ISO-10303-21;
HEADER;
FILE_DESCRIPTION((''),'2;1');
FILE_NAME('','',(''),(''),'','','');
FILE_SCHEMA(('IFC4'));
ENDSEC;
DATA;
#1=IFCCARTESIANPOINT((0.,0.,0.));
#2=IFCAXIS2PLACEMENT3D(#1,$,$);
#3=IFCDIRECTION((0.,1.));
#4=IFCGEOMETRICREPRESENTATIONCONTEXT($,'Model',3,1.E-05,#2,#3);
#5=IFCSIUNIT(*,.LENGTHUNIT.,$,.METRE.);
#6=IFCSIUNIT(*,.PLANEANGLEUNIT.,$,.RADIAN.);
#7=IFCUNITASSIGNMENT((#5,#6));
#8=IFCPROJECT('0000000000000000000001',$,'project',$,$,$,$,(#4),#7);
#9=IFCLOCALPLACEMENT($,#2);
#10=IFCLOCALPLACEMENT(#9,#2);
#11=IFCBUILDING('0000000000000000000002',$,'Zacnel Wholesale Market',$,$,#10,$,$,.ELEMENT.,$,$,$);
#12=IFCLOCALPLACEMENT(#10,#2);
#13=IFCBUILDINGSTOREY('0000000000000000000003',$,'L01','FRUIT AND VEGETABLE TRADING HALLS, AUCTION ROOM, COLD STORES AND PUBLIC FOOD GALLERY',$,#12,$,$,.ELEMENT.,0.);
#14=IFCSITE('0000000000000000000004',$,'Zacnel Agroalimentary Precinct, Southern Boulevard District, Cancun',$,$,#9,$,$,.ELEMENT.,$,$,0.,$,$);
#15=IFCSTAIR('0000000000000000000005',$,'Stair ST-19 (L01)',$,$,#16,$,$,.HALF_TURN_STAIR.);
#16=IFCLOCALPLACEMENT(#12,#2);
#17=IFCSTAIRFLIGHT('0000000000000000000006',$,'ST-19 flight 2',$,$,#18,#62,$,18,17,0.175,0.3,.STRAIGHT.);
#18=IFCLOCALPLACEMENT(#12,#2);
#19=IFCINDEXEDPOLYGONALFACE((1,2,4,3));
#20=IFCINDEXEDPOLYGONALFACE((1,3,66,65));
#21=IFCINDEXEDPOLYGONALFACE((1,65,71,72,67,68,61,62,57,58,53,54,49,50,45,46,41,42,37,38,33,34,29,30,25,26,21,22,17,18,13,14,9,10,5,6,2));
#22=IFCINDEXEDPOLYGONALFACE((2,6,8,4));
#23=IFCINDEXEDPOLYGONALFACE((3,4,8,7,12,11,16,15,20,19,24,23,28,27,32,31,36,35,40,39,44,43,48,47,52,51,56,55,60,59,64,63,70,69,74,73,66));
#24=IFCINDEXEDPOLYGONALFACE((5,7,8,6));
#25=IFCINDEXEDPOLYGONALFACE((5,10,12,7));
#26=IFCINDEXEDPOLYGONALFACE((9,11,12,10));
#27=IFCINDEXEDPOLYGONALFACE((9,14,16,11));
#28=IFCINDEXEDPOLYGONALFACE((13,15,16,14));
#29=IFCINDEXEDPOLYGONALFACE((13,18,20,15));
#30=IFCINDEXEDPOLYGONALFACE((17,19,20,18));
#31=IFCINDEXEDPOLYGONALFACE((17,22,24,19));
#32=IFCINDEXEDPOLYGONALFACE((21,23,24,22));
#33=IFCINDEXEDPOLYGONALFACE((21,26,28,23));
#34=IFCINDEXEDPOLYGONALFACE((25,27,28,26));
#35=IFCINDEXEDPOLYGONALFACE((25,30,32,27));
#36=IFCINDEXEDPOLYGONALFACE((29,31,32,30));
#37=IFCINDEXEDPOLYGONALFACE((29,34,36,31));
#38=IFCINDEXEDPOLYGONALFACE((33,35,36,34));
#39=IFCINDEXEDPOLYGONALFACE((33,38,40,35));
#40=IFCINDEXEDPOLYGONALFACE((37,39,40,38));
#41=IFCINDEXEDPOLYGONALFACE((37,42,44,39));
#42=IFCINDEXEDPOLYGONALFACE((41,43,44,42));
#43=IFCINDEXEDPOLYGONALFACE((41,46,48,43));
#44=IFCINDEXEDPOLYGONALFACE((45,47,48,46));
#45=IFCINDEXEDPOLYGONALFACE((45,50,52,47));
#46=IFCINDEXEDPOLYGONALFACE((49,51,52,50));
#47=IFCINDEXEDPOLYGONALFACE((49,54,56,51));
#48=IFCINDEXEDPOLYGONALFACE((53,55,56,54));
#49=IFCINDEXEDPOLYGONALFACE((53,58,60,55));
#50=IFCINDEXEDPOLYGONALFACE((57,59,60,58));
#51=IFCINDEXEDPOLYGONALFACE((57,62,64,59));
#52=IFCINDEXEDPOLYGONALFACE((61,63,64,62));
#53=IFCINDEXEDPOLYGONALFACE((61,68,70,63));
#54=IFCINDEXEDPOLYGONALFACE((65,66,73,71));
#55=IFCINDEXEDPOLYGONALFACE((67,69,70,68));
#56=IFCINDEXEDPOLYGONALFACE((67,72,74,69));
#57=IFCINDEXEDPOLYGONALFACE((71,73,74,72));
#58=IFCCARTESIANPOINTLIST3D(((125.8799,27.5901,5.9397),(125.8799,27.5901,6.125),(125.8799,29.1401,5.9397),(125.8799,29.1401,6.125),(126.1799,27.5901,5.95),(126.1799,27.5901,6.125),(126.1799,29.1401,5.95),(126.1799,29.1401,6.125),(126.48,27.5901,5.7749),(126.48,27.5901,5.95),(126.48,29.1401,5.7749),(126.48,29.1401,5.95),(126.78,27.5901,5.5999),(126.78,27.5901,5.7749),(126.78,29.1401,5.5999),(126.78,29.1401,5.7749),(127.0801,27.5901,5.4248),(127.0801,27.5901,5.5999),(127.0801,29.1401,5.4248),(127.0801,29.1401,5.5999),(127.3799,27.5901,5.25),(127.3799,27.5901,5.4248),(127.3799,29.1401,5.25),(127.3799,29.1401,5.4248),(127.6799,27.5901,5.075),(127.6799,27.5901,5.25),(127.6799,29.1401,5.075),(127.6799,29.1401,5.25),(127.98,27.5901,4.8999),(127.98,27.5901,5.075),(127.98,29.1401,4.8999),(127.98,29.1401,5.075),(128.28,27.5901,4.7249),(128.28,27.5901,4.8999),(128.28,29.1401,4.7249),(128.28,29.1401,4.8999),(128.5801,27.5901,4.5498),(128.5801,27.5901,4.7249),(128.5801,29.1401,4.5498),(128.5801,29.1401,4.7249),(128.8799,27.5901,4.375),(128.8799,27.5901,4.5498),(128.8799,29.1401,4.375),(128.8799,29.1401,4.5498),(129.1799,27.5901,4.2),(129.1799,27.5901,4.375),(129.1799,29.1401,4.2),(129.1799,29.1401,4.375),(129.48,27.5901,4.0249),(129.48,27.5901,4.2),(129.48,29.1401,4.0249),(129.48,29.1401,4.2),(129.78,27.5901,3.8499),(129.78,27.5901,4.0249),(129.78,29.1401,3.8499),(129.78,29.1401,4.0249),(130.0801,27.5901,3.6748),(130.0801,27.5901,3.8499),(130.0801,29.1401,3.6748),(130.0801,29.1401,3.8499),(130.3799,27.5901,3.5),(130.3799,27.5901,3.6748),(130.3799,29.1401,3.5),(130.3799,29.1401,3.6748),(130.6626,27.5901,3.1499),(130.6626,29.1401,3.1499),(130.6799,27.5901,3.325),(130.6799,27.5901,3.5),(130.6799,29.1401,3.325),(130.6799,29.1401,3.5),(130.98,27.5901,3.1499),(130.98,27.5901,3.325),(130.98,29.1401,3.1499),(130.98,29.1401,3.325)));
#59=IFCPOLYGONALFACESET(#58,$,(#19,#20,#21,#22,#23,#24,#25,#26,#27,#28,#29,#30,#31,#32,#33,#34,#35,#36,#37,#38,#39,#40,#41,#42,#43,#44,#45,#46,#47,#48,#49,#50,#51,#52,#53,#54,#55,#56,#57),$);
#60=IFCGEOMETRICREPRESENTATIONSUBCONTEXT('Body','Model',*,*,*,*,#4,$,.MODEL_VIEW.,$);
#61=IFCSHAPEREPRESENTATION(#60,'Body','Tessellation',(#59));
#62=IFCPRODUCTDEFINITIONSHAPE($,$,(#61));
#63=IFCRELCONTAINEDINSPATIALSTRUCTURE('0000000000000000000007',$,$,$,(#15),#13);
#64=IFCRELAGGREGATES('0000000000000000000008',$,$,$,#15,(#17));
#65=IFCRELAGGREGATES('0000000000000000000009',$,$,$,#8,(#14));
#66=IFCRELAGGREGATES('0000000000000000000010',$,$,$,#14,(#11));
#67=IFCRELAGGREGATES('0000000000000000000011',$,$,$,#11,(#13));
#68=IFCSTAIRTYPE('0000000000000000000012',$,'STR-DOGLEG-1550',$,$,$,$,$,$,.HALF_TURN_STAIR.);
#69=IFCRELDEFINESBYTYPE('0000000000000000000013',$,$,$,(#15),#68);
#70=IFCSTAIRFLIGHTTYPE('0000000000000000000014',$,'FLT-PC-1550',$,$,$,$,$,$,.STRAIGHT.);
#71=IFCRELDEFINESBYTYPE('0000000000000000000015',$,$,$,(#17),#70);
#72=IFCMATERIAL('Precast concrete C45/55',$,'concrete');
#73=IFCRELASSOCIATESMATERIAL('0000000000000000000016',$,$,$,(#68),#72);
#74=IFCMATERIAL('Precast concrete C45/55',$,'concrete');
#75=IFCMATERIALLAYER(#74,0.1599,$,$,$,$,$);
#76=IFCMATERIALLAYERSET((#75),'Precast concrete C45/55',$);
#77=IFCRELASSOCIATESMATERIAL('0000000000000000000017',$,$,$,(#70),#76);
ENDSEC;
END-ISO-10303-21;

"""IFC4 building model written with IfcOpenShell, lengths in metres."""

from ifc_helpers import new_model, si_unit, direction, frame, origin, place, context, subcontext, project, spatial, polyline, outline, extrude, material, layer, layer_set, type_object, element, aggregate, save


model = new_model("IFC4")

# Units and contexts
model_context = context("Model", 3, precision=1e-05, world=origin(), true_north=direction((0.0, 1.0)))
body_context = subcontext(model_context, "Body", "Model", "MODEL_VIEW")
ifc_project = project(units=[si_unit("LENGTHUNIT", "METRE"), si_unit("PLANEANGLEUNIT", "RADIAN")], contexts=[model_context])

# Site, building, storey
site_placement = place(None, origin())
site = spatial("IfcSite", under=ifc_project, at=site_placement, Name="Zacnel Agroalimentary Precinct, Southern Boulevard District, Cancun", CompositionType="ELEMENT", RefElevation=0.0)
building_placement = place(site_placement, origin())
building = spatial("IfcBuilding", under=site, at=building_placement, Name="Zacnel Wholesale Market", CompositionType="ELEMENT")
storey_placement = place(building_placement, origin())
storey = spatial("IfcBuildingStorey", under=building, at=storey_placement, Name="L01", Description="FRUIT AND VEGETABLE TRADING HALLS, AUCTION ROOM, COLD STORES AND PUBLIC FOOD GALLERY", CompositionType="ELEMENT", Elevation=0.0)

# Stair, stair flight
ifc_material_1 = material(Name="Precast concrete C45/55", Category="concrete")
stair_type = type_object("IfcStairType", Name="STR-DOGLEG-1550", PredefinedType="HALF_TURN_STAIR", material=ifc_material_1)
stair_placement = place(storey_placement, origin())
stair = element("IfcStair", 1, at=stair_placement, inside=storey, type_object=stair_type, Name="Stair ST-19 (L01)", PredefinedType="HALF_TURN_STAIR")
ifc_material_2 = material(Name="Precast concrete C45/55", Category="concrete")
ifc_layer_1 = layer(ifc_material_2, 0.1599)
ifc_layer_set_1 = layer_set([ifc_layer_1], Name="Precast concrete C45/55")
stair_flight_type = type_object("IfcStairFlightType", Name="FLT-PC-1550", PredefinedType="STRAIGHT", material=ifc_layer_set_1)
stair_flight_1_placement = place(storey_placement, frame((130.98, 28.365, 3.1499), z_axis=(0.0, 0.0, 1.0), x_axis=(-1.0, 0.0, 0.0)))
stair_flight_1 = element("IfcStairFlight", 2, at=stair_flight_1_placement, type_object=stair_flight_type, Name="ST-19 flight 2", NumberOfRisers=18, NumberOfTreads=17, PredefinedType="STRAIGHT", RiserHeight=0.175, TreadLength=0.3, context=body_context, shape_type="SweptSolid", body=[
    extrude(outline(polyline([(0.0, 0.0), (0.0, 0.175), (0.3, 0.175), (0.3, 0.3501), (0.6001, 0.3501), (0.6001, 0.5249), (0.8999, 0.5249), (0.8999, 0.7), (1.2, 0.7), (1.2, 0.875), (1.5, 0.875), (1.5, 1.05), (1.8, 1.05), (1.8, 1.2251), (2.1001, 1.2251), (2.1001, 1.3999), (2.3999, 1.3999), (2.3999, 1.575), (2.7, 1.575), (2.7, 1.75), (3.0, 1.75), (3.0, 1.925), (3.3, 1.925), (3.3, 2.1001), (3.6001, 2.1001), (3.6001, 2.2749), (3.8999, 2.2749), (3.8999, 2.45), (4.2, 2.45), (4.2, 2.625), (4.5, 2.625), (4.5, 2.8), (4.8, 2.8), (4.8, 2.9751), (5.1001, 2.9751), (5.1001, 3.1499), (5.1001, 2.7898), (0.3174, 0.0), (0.0, 0.0)])), frame((0.0, 0.7749, 0.0), z_axis=(0.0, -1.0, 0.0), x_axis=(1.0, 0.0, 0.0)), (0.0, 0.0, 1.0), 1.55),
])
aggregate(stair, [stair_flight_1])

save(model, "model.ifc")
